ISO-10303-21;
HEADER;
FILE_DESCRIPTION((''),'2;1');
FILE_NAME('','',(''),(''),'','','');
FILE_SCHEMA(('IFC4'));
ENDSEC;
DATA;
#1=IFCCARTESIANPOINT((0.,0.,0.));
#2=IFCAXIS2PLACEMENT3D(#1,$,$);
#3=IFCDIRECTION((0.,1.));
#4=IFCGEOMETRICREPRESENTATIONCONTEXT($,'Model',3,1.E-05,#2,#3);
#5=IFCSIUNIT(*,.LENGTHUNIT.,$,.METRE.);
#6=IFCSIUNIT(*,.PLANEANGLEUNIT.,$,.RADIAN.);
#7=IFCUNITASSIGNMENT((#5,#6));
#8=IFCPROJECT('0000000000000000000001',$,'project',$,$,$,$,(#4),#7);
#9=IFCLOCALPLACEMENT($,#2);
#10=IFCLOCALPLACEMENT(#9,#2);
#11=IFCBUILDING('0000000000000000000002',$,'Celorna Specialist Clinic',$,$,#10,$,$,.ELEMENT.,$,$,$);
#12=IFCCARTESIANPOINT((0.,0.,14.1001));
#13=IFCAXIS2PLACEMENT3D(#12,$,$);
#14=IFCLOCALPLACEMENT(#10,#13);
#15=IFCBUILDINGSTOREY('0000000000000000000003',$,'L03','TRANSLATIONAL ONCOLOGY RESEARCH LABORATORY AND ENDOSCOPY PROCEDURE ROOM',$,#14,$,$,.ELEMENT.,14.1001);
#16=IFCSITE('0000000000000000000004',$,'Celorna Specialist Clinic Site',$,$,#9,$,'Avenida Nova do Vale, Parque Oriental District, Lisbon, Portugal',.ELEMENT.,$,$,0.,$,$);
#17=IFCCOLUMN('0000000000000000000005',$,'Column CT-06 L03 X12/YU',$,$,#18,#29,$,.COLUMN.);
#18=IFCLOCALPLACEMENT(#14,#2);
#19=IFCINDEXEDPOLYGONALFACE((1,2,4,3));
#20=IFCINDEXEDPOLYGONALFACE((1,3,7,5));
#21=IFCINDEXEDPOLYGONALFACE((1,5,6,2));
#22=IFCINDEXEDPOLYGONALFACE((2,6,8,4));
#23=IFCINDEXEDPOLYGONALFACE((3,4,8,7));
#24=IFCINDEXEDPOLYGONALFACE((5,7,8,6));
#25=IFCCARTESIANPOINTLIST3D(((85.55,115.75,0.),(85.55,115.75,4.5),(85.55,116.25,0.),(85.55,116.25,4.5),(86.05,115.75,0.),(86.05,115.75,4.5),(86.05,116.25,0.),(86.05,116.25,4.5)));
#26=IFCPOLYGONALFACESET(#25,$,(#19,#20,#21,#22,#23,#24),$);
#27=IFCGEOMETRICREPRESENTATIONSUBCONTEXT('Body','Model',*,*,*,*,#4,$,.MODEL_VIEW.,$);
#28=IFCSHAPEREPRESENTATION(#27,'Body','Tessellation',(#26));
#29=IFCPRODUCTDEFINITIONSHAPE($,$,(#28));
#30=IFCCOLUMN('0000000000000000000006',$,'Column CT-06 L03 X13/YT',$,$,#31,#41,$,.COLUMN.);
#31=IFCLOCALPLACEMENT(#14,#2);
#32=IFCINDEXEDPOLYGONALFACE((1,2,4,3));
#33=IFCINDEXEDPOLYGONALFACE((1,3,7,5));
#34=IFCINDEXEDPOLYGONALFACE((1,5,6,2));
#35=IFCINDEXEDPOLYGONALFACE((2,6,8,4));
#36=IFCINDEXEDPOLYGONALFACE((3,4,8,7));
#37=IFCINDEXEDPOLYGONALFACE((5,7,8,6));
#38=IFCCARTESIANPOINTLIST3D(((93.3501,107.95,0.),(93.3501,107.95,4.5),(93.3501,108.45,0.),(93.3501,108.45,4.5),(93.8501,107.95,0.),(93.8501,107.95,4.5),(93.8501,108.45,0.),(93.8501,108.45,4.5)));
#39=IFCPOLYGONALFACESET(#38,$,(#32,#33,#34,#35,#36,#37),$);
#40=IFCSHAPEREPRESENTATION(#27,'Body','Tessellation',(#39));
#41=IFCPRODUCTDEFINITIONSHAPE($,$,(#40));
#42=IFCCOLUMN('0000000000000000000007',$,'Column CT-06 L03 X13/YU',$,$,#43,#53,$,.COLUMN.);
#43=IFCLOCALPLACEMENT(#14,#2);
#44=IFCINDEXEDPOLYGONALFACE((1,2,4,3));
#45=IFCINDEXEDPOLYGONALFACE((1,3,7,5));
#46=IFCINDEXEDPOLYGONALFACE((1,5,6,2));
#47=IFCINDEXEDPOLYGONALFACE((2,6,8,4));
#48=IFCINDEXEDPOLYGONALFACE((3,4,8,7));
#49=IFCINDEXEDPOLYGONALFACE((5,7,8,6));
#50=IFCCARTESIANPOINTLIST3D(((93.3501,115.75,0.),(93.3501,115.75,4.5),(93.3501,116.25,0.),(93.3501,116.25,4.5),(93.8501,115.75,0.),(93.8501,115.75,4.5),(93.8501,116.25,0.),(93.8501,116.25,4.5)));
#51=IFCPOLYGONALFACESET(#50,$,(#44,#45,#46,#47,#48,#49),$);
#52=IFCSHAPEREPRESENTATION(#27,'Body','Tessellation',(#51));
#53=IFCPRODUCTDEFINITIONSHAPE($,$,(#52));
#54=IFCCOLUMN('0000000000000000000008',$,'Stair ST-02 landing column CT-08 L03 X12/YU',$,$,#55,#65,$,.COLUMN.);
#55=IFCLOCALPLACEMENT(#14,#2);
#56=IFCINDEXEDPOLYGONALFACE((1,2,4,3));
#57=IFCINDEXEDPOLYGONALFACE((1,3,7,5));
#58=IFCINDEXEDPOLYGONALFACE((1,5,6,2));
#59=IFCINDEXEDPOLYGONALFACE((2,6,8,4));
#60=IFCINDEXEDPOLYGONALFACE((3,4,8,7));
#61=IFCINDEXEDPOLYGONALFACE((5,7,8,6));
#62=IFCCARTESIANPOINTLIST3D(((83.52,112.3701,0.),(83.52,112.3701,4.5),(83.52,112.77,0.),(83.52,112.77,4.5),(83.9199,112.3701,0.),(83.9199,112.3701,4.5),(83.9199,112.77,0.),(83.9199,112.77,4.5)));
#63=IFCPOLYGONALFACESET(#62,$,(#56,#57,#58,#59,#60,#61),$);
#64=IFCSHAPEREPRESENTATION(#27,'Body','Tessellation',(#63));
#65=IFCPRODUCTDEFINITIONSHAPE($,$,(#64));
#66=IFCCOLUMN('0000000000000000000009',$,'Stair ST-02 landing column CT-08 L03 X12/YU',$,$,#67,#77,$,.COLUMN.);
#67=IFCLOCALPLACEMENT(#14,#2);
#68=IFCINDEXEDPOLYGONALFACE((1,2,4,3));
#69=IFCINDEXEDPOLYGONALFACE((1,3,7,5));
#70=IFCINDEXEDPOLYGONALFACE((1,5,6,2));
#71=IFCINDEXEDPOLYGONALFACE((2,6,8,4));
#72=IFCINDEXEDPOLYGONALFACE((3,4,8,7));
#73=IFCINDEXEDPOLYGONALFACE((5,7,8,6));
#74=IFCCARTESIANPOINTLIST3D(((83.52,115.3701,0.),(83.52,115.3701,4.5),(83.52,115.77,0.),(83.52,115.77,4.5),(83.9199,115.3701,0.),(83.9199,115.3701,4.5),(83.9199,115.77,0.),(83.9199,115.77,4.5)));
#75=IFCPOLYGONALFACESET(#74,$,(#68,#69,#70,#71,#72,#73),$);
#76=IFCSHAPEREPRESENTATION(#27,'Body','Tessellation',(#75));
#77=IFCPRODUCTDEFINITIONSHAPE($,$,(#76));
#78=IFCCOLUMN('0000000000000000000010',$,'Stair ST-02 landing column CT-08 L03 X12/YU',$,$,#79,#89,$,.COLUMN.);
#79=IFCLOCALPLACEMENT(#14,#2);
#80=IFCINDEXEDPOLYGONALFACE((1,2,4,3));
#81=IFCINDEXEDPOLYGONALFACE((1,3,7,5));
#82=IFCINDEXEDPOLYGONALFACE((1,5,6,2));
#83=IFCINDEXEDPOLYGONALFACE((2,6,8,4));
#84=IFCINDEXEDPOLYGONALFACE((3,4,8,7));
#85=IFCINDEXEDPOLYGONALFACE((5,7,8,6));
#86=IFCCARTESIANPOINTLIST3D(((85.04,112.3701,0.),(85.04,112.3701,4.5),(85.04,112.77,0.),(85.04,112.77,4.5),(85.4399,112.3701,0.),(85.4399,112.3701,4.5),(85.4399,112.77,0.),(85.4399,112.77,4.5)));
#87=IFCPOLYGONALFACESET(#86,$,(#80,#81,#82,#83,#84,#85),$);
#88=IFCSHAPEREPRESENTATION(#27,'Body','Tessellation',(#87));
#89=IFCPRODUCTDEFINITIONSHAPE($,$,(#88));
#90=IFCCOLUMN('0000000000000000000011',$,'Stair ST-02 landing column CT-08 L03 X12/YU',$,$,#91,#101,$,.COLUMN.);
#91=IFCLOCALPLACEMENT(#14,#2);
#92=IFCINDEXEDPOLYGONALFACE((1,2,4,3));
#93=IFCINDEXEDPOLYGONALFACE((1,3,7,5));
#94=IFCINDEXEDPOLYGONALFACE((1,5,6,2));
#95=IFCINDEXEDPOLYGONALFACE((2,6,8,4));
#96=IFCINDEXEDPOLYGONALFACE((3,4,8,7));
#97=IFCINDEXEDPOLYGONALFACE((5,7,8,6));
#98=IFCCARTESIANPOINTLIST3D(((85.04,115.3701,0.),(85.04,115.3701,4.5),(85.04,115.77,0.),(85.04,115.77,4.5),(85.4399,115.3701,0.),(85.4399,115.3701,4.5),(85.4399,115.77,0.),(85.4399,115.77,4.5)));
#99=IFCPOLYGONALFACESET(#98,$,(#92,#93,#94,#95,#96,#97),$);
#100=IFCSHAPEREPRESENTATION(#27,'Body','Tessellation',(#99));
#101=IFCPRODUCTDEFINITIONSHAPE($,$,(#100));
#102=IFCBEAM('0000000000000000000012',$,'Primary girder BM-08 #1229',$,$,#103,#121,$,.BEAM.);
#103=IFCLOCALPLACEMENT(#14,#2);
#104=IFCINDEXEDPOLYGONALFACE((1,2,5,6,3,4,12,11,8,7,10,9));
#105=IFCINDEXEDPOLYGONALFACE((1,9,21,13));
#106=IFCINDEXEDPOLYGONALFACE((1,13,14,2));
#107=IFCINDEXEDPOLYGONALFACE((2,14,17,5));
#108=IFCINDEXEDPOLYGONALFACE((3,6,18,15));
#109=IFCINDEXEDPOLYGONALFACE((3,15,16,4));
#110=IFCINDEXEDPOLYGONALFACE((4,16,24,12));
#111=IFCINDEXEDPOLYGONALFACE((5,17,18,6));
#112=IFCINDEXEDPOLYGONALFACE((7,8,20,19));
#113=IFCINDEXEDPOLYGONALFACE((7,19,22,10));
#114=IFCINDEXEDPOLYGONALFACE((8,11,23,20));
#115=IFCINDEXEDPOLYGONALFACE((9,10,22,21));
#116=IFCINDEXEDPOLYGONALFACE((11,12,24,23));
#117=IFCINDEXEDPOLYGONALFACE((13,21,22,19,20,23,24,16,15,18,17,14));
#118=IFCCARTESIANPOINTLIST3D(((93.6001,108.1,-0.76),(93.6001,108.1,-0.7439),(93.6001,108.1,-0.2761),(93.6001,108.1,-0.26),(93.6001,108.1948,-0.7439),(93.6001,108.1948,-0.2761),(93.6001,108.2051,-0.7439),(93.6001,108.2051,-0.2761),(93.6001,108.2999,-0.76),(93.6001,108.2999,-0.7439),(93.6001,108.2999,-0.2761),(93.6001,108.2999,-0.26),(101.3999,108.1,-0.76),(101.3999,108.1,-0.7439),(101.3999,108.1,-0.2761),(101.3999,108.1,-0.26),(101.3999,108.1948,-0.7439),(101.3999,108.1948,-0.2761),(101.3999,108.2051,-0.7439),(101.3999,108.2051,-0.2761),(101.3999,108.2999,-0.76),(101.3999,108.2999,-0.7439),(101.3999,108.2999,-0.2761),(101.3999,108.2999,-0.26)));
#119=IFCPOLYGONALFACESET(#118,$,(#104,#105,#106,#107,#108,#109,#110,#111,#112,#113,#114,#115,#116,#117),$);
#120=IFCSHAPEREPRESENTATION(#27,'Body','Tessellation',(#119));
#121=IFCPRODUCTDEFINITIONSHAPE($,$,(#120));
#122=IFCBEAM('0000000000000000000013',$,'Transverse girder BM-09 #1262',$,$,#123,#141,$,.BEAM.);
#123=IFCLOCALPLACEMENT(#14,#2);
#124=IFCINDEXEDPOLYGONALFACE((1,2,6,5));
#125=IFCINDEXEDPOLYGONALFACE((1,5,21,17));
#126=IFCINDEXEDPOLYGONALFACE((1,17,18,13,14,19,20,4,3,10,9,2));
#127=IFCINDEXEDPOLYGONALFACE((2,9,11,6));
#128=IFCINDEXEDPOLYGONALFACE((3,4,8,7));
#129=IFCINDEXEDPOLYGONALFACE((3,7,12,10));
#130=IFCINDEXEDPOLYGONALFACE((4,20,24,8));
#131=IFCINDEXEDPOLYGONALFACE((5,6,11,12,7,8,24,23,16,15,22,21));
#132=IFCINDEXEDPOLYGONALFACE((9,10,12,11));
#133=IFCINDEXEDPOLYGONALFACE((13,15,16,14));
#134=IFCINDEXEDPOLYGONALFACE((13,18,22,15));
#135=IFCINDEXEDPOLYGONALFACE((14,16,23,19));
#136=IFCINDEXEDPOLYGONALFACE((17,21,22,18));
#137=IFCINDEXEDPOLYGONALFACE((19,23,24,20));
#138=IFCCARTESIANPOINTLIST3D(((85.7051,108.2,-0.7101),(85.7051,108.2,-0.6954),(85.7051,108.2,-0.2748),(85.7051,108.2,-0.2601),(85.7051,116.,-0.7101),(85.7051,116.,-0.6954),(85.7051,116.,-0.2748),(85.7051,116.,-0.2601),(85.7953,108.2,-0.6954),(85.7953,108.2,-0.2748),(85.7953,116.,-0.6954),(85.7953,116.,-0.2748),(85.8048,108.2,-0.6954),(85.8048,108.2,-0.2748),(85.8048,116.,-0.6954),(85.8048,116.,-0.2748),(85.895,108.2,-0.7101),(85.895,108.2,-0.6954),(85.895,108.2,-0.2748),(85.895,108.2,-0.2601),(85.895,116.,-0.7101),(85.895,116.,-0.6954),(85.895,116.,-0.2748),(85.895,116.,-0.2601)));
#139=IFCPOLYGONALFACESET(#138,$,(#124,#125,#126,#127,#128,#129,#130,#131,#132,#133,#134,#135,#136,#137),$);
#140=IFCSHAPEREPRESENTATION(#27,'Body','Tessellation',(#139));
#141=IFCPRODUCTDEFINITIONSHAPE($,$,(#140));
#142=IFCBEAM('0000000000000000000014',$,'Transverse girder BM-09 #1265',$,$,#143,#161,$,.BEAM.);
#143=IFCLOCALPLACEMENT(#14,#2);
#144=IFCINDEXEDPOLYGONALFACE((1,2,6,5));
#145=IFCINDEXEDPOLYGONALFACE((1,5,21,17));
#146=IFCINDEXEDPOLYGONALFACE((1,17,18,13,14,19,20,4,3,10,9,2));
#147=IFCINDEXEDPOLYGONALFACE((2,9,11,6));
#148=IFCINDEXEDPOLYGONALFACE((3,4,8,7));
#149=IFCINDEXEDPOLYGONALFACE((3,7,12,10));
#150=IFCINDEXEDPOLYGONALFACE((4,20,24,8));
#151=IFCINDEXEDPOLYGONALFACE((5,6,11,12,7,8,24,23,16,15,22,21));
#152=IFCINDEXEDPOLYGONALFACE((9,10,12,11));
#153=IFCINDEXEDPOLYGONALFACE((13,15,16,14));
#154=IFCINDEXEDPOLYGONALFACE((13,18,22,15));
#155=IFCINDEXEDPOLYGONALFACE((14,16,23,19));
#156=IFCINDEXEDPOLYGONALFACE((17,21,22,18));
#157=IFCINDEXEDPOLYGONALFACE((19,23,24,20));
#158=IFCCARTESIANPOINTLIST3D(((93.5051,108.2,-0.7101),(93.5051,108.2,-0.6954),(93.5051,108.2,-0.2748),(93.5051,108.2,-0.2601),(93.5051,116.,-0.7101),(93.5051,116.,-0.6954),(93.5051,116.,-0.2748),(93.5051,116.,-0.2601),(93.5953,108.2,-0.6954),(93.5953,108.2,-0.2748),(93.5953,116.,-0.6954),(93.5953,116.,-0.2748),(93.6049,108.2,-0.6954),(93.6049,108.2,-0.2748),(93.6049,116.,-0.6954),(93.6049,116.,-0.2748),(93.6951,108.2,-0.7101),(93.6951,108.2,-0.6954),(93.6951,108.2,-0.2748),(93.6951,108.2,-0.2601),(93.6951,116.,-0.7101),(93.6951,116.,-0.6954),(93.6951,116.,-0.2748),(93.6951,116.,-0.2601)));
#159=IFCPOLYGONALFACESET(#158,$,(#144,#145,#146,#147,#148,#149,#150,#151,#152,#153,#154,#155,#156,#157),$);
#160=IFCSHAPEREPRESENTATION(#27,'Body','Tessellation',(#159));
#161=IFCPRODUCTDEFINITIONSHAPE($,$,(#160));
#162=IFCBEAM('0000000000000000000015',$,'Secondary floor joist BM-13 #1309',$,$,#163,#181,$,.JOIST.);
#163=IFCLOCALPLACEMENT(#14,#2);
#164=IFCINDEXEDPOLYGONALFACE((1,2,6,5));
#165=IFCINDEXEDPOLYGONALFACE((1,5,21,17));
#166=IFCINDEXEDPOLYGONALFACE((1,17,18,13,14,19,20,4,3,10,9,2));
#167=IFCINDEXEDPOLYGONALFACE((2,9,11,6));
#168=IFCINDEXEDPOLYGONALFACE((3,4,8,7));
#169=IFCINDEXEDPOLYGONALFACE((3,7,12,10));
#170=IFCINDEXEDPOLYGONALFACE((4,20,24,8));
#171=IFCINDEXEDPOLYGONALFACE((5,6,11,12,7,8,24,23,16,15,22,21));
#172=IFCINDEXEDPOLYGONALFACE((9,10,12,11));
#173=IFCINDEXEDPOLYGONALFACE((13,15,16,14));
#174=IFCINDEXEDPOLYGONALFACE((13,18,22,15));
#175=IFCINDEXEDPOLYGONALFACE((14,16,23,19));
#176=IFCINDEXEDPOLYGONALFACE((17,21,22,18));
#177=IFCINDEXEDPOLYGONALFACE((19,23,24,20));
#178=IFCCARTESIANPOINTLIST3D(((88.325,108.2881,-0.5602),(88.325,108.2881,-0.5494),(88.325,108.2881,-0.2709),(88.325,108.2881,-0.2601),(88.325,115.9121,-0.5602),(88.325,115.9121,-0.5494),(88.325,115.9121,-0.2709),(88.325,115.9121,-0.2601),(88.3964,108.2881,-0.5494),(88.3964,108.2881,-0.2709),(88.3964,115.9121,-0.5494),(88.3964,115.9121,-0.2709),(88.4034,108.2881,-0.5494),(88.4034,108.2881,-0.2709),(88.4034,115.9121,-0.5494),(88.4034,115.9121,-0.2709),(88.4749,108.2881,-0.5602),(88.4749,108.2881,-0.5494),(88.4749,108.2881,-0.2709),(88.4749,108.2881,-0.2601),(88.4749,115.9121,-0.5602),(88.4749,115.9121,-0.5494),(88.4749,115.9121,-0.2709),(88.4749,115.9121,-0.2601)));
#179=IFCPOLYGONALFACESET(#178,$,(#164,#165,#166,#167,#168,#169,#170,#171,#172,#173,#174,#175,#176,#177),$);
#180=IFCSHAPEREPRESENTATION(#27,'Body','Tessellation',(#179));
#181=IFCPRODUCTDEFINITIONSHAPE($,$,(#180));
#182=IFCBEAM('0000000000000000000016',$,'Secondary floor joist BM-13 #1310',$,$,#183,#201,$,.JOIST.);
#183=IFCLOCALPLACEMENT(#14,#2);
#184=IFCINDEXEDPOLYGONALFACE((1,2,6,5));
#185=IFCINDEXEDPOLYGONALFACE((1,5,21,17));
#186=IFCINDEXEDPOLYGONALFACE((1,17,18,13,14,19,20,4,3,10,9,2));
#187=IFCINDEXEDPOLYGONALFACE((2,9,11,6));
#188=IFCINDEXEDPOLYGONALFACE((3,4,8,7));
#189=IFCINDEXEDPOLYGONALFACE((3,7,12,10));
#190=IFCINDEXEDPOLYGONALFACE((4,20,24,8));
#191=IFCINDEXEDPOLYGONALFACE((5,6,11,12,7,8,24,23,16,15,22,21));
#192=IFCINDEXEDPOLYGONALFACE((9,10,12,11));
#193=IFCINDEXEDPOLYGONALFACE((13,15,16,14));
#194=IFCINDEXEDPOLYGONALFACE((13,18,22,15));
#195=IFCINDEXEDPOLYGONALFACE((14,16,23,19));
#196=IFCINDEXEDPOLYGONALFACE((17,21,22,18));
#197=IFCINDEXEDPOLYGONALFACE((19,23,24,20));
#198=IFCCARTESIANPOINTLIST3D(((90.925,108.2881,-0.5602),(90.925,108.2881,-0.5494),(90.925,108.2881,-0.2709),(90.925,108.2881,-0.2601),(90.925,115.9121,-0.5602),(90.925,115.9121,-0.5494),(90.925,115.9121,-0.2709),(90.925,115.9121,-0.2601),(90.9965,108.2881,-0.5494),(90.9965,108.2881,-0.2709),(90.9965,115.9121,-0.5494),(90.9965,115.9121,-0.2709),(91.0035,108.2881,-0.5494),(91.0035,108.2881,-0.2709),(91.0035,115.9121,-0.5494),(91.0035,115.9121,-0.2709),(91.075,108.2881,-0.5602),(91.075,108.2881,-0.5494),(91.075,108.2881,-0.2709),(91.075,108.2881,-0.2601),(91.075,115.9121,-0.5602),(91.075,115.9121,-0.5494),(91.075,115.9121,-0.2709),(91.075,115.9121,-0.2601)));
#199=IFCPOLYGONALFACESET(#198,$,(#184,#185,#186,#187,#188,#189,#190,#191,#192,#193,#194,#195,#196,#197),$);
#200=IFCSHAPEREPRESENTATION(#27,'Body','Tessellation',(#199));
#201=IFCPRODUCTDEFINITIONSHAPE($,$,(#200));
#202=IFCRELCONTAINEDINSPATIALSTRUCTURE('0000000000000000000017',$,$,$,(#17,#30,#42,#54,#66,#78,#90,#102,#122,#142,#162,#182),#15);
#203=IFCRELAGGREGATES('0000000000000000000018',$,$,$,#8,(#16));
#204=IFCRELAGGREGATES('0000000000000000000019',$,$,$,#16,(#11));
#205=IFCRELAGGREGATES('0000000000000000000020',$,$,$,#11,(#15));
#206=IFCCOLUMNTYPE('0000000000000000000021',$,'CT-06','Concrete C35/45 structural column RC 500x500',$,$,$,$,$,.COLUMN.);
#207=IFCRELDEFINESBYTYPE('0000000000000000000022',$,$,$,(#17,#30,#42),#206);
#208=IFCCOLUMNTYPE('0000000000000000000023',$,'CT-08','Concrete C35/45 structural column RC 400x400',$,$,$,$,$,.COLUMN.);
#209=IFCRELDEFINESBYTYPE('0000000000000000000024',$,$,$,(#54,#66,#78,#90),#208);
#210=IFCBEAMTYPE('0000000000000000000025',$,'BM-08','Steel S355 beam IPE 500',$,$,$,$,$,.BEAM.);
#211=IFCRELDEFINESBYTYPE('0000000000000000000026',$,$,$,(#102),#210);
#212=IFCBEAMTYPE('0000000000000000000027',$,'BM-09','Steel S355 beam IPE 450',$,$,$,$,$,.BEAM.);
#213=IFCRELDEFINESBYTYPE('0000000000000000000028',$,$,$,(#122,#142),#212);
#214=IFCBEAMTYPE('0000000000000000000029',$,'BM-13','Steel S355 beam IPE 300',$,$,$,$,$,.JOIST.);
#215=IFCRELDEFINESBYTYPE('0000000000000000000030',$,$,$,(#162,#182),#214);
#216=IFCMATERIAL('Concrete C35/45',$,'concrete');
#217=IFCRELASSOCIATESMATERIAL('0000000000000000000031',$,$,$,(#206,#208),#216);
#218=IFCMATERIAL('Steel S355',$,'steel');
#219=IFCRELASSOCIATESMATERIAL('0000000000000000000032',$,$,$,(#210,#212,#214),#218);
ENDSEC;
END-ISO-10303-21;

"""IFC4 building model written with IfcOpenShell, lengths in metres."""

from ifc_helpers import new_model, si_unit, direction, frame, origin, origin_2d, place, context, subcontext, project, spatial, rectangle, i_section, extrude, material, material_profile, profile_set, type_object, element, save


model = new_model("IFC4")

# Units and contexts
model_context = context("Model", 3, precision=1e-05, world=origin(), true_north=direction((0.0, 1.0)))
body_context = subcontext(model_context, "Body", "Model", "MODEL_VIEW")
ifc_project = project(units=[si_unit("LENGTHUNIT", "METRE"), si_unit("PLANEANGLEUNIT", "RADIAN")], contexts=[model_context])

# Site, building, storey
site_placement = place(None, origin())
site = spatial("IfcSite", under=ifc_project, at=site_placement, Name="Celorna Specialist Clinic Site", LongName="Avenida Nova do Vale, Parque Oriental District, Lisbon, Portugal", CompositionType="ELEMENT", RefElevation=0.0)
building_placement = place(site_placement, origin())
building = spatial("IfcBuilding", under=site, at=building_placement, Name="Celorna Specialist Clinic", CompositionType="ELEMENT")
storey_placement = place(building_placement, frame((0.0, 0.0, 14.1001)))
storey = spatial("IfcBuildingStorey", under=building, at=storey_placement, Name="L03", Description="TRANSLATIONAL ONCOLOGY RESEARCH LABORATORY AND ENDOSCOPY PROCEDURE ROOM", CompositionType="ELEMENT", Elevation=14.1001)

# Columns
ifc_material_1 = material(Name="Concrete C35/45", Category="concrete")
ifc_material_profile_1 = material_profile(ifc_material_1, rectangle(XDim=0.5, YDim=0.5, at=origin_2d()), Name="RC 500x500")
ifc_profile_set_1 = profile_set([ifc_material_profile_1], Name="Concrete C35/45")
column_type_1 = type_object("IfcColumnType", Name="CT-06", Description="Concrete C35/45 structural column RC 500x500", PredefinedType="COLUMN", material=ifc_profile_set_1)
for number, where, z_axis, x_axis, name in (
    (1, (85.8, 116.0, 0.0), (0.0, 0.0, 1.0), (1.0, 0.0, 0.0), "Column CT-06 L03 X12/YU"),
    (2, (93.6001, 108.2, 0.0), (0.0, 0.0, 1.0), (1.0, 0.0, 0.0), "Column CT-06 L03 X13/YT"),
    (3, (93.6001, 116.0, 0.0), (0.0, 0.0, 1.0), (1.0, 0.0, 0.0), "Column CT-06 L03 X13/YU"),
):
    element("IfcColumn", number, at=place(storey_placement, frame(where, z_axis=z_axis, x_axis=x_axis)), inside=storey, type_object=column_type_1, Name=name, PredefinedType="COLUMN", context=body_context, shape_type="SweptSolid", body=[
        extrude(rectangle(XDim=0.5, YDim=0.5, at=origin_2d()), origin(), (0.0, 0.0, 1.0), 4.5),
    ])
ifc_material_profile_2 = material_profile(ifc_material_1, rectangle(XDim=0.3999, YDim=0.3999, at=origin_2d()), Name="RC 400x400")
ifc_profile_set_2 = profile_set([ifc_material_profile_2], Name="Concrete C35/45")
column_type_2 = type_object("IfcColumnType", Name="CT-08", Description="Concrete C35/45 structural column RC 400x400", PredefinedType="COLUMN", material=ifc_profile_set_2)
for number, where, z_axis, x_axis, name in (
    (4, (83.72, 112.5701, 0.0), (0.0, 0.0, 1.0), (1.0, 0.0, 0.0), "Stair ST-02 landing column CT-08 L03 X12/YU"),
    (5, (83.72, 115.5701, 0.0), (0.0, 0.0, 1.0), (1.0, 0.0, 0.0), "Stair ST-02 landing column CT-08 L03 X12/YU"),
    (6, (85.24, 112.5701, 0.0), (0.0, 0.0, 1.0), (1.0, 0.0, 0.0), "Stair ST-02 landing column CT-08 L03 X12/YU"),
    (7, (85.24, 115.5701, 0.0), (0.0, 0.0, 1.0), (1.0, 0.0, 0.0), "Stair ST-02 landing column CT-08 L03 X12/YU"),
):
    element("IfcColumn", number, at=place(storey_placement, frame(where, z_axis=z_axis, x_axis=x_axis)), inside=storey, type_object=column_type_2, Name=name, PredefinedType="COLUMN", context=body_context, shape_type="SweptSolid", body=[
        extrude(rectangle(XDim=0.3999, YDim=0.3999, at=origin_2d()), origin(), (0.0, 0.0, 1.0), 4.5),
    ])

# Beams
ifc_material_2 = material(Name="Steel S355", Category="steel")
ifc_material_profile_3 = material_profile(ifc_material_2, i_section(OverallWidth=0.2, OverallDepth=0.5, WebThickness=0.0103, FlangeThickness=0.0161, at=origin_2d()), Name="IPE 500")
ifc_profile_set_3 = profile_set([ifc_material_profile_3], Name="Steel S355")
beam_type_1 = type_object("IfcBeamType", Name="BM-08", Description="Steel S355 beam IPE 500", PredefinedType="BEAM", material=ifc_profile_set_3)
beam_1_placement = place(storey_placement, frame((93.6001, 108.2, -0.51), z_axis=(1.0, 0.0, 0.0), x_axis=(0.0, 1.0, 0.0)))
element("IfcBeam", 8, at=beam_1_placement, inside=storey, type_object=beam_type_1, Name="Primary girder BM-08 #1229", PredefinedType="BEAM", context=body_context, shape_type="SweptSolid", body=[
    extrude(i_section(OverallWidth=0.2, OverallDepth=0.5, WebThickness=0.0103, FlangeThickness=0.0161, at=origin_2d()), origin(), (0.0, 0.0, 1.0), 7.7998),
])
ifc_material_profile_4 = material_profile(ifc_material_2, i_section(OverallWidth=0.1899, OverallDepth=0.45, WebThickness=0.0095, FlangeThickness=0.0146, at=origin_2d()), Name="IPE 450")
ifc_profile_set_4 = profile_set([ifc_material_profile_4], Name="Steel S355")
beam_type_2 = type_object("IfcBeamType", Name="BM-09", Description="Steel S355 beam IPE 450", PredefinedType="BEAM", material=ifc_profile_set_4)
for number, where, z_axis, x_axis, name in (
    (9, (85.8, 108.2, -0.4851), (0.0, 1.0, 0.0), (-1.0, 0.0, 0.0), "Transverse girder BM-09 #1262"),
    (10, (93.6001, 108.2, -0.4851), (0.0, 1.0, 0.0), (-1.0, 0.0, 0.0), "Transverse girder BM-09 #1265"),
):
    element("IfcBeam", number, at=place(storey_placement, frame(where, z_axis=z_axis, x_axis=x_axis)), inside=storey, type_object=beam_type_2, Name=name, PredefinedType="BEAM", context=body_context, shape_type="SweptSolid", body=[
        extrude(i_section(OverallWidth=0.1899, OverallDepth=0.45, WebThickness=0.0095, FlangeThickness=0.0146, at=origin_2d()), origin(), (0.0, 0.0, 1.0), 7.8),
    ])
ifc_material_profile_5 = material_profile(ifc_material_2, i_section(OverallWidth=0.1499, OverallDepth=0.3, WebThickness=0.0071, FlangeThickness=0.0107, at=origin_2d()), Name="IPE 300")
ifc_profile_set_5 = profile_set([ifc_material_profile_5], Name="Steel S355")
beam_type_3 = type_object("IfcBeamType", Name="BM-13", Description="Steel S355 beam IPE 300", PredefinedType="JOIST", material=ifc_profile_set_5)
for number, where, z_axis, x_axis, name in (
    (11, (88.3999, 108.2881, -0.4102), (0.0, 1.0, 0.0), (-1.0, 0.0, 0.0), "Secondary floor joist BM-13 #1309"),
    (12, (91.0, 108.2881, -0.4102), (0.0, 1.0, 0.0), (-1.0, 0.0, 0.0), "Secondary floor joist BM-13 #1310"),
):
    element("IfcBeam", number, at=place(storey_placement, frame(where, z_axis=z_axis, x_axis=x_axis)), inside=storey, type_object=beam_type_3, Name=name, PredefinedType="JOIST", context=body_context, shape_type="SweptSolid", body=[
        extrude(i_section(OverallWidth=0.1499, OverallDepth=0.3, WebThickness=0.0071, FlangeThickness=0.0107, at=origin_2d()), origin(), (0.0, 0.0, 1.0), 7.624),
    ])

save(model, "model.ifc")
